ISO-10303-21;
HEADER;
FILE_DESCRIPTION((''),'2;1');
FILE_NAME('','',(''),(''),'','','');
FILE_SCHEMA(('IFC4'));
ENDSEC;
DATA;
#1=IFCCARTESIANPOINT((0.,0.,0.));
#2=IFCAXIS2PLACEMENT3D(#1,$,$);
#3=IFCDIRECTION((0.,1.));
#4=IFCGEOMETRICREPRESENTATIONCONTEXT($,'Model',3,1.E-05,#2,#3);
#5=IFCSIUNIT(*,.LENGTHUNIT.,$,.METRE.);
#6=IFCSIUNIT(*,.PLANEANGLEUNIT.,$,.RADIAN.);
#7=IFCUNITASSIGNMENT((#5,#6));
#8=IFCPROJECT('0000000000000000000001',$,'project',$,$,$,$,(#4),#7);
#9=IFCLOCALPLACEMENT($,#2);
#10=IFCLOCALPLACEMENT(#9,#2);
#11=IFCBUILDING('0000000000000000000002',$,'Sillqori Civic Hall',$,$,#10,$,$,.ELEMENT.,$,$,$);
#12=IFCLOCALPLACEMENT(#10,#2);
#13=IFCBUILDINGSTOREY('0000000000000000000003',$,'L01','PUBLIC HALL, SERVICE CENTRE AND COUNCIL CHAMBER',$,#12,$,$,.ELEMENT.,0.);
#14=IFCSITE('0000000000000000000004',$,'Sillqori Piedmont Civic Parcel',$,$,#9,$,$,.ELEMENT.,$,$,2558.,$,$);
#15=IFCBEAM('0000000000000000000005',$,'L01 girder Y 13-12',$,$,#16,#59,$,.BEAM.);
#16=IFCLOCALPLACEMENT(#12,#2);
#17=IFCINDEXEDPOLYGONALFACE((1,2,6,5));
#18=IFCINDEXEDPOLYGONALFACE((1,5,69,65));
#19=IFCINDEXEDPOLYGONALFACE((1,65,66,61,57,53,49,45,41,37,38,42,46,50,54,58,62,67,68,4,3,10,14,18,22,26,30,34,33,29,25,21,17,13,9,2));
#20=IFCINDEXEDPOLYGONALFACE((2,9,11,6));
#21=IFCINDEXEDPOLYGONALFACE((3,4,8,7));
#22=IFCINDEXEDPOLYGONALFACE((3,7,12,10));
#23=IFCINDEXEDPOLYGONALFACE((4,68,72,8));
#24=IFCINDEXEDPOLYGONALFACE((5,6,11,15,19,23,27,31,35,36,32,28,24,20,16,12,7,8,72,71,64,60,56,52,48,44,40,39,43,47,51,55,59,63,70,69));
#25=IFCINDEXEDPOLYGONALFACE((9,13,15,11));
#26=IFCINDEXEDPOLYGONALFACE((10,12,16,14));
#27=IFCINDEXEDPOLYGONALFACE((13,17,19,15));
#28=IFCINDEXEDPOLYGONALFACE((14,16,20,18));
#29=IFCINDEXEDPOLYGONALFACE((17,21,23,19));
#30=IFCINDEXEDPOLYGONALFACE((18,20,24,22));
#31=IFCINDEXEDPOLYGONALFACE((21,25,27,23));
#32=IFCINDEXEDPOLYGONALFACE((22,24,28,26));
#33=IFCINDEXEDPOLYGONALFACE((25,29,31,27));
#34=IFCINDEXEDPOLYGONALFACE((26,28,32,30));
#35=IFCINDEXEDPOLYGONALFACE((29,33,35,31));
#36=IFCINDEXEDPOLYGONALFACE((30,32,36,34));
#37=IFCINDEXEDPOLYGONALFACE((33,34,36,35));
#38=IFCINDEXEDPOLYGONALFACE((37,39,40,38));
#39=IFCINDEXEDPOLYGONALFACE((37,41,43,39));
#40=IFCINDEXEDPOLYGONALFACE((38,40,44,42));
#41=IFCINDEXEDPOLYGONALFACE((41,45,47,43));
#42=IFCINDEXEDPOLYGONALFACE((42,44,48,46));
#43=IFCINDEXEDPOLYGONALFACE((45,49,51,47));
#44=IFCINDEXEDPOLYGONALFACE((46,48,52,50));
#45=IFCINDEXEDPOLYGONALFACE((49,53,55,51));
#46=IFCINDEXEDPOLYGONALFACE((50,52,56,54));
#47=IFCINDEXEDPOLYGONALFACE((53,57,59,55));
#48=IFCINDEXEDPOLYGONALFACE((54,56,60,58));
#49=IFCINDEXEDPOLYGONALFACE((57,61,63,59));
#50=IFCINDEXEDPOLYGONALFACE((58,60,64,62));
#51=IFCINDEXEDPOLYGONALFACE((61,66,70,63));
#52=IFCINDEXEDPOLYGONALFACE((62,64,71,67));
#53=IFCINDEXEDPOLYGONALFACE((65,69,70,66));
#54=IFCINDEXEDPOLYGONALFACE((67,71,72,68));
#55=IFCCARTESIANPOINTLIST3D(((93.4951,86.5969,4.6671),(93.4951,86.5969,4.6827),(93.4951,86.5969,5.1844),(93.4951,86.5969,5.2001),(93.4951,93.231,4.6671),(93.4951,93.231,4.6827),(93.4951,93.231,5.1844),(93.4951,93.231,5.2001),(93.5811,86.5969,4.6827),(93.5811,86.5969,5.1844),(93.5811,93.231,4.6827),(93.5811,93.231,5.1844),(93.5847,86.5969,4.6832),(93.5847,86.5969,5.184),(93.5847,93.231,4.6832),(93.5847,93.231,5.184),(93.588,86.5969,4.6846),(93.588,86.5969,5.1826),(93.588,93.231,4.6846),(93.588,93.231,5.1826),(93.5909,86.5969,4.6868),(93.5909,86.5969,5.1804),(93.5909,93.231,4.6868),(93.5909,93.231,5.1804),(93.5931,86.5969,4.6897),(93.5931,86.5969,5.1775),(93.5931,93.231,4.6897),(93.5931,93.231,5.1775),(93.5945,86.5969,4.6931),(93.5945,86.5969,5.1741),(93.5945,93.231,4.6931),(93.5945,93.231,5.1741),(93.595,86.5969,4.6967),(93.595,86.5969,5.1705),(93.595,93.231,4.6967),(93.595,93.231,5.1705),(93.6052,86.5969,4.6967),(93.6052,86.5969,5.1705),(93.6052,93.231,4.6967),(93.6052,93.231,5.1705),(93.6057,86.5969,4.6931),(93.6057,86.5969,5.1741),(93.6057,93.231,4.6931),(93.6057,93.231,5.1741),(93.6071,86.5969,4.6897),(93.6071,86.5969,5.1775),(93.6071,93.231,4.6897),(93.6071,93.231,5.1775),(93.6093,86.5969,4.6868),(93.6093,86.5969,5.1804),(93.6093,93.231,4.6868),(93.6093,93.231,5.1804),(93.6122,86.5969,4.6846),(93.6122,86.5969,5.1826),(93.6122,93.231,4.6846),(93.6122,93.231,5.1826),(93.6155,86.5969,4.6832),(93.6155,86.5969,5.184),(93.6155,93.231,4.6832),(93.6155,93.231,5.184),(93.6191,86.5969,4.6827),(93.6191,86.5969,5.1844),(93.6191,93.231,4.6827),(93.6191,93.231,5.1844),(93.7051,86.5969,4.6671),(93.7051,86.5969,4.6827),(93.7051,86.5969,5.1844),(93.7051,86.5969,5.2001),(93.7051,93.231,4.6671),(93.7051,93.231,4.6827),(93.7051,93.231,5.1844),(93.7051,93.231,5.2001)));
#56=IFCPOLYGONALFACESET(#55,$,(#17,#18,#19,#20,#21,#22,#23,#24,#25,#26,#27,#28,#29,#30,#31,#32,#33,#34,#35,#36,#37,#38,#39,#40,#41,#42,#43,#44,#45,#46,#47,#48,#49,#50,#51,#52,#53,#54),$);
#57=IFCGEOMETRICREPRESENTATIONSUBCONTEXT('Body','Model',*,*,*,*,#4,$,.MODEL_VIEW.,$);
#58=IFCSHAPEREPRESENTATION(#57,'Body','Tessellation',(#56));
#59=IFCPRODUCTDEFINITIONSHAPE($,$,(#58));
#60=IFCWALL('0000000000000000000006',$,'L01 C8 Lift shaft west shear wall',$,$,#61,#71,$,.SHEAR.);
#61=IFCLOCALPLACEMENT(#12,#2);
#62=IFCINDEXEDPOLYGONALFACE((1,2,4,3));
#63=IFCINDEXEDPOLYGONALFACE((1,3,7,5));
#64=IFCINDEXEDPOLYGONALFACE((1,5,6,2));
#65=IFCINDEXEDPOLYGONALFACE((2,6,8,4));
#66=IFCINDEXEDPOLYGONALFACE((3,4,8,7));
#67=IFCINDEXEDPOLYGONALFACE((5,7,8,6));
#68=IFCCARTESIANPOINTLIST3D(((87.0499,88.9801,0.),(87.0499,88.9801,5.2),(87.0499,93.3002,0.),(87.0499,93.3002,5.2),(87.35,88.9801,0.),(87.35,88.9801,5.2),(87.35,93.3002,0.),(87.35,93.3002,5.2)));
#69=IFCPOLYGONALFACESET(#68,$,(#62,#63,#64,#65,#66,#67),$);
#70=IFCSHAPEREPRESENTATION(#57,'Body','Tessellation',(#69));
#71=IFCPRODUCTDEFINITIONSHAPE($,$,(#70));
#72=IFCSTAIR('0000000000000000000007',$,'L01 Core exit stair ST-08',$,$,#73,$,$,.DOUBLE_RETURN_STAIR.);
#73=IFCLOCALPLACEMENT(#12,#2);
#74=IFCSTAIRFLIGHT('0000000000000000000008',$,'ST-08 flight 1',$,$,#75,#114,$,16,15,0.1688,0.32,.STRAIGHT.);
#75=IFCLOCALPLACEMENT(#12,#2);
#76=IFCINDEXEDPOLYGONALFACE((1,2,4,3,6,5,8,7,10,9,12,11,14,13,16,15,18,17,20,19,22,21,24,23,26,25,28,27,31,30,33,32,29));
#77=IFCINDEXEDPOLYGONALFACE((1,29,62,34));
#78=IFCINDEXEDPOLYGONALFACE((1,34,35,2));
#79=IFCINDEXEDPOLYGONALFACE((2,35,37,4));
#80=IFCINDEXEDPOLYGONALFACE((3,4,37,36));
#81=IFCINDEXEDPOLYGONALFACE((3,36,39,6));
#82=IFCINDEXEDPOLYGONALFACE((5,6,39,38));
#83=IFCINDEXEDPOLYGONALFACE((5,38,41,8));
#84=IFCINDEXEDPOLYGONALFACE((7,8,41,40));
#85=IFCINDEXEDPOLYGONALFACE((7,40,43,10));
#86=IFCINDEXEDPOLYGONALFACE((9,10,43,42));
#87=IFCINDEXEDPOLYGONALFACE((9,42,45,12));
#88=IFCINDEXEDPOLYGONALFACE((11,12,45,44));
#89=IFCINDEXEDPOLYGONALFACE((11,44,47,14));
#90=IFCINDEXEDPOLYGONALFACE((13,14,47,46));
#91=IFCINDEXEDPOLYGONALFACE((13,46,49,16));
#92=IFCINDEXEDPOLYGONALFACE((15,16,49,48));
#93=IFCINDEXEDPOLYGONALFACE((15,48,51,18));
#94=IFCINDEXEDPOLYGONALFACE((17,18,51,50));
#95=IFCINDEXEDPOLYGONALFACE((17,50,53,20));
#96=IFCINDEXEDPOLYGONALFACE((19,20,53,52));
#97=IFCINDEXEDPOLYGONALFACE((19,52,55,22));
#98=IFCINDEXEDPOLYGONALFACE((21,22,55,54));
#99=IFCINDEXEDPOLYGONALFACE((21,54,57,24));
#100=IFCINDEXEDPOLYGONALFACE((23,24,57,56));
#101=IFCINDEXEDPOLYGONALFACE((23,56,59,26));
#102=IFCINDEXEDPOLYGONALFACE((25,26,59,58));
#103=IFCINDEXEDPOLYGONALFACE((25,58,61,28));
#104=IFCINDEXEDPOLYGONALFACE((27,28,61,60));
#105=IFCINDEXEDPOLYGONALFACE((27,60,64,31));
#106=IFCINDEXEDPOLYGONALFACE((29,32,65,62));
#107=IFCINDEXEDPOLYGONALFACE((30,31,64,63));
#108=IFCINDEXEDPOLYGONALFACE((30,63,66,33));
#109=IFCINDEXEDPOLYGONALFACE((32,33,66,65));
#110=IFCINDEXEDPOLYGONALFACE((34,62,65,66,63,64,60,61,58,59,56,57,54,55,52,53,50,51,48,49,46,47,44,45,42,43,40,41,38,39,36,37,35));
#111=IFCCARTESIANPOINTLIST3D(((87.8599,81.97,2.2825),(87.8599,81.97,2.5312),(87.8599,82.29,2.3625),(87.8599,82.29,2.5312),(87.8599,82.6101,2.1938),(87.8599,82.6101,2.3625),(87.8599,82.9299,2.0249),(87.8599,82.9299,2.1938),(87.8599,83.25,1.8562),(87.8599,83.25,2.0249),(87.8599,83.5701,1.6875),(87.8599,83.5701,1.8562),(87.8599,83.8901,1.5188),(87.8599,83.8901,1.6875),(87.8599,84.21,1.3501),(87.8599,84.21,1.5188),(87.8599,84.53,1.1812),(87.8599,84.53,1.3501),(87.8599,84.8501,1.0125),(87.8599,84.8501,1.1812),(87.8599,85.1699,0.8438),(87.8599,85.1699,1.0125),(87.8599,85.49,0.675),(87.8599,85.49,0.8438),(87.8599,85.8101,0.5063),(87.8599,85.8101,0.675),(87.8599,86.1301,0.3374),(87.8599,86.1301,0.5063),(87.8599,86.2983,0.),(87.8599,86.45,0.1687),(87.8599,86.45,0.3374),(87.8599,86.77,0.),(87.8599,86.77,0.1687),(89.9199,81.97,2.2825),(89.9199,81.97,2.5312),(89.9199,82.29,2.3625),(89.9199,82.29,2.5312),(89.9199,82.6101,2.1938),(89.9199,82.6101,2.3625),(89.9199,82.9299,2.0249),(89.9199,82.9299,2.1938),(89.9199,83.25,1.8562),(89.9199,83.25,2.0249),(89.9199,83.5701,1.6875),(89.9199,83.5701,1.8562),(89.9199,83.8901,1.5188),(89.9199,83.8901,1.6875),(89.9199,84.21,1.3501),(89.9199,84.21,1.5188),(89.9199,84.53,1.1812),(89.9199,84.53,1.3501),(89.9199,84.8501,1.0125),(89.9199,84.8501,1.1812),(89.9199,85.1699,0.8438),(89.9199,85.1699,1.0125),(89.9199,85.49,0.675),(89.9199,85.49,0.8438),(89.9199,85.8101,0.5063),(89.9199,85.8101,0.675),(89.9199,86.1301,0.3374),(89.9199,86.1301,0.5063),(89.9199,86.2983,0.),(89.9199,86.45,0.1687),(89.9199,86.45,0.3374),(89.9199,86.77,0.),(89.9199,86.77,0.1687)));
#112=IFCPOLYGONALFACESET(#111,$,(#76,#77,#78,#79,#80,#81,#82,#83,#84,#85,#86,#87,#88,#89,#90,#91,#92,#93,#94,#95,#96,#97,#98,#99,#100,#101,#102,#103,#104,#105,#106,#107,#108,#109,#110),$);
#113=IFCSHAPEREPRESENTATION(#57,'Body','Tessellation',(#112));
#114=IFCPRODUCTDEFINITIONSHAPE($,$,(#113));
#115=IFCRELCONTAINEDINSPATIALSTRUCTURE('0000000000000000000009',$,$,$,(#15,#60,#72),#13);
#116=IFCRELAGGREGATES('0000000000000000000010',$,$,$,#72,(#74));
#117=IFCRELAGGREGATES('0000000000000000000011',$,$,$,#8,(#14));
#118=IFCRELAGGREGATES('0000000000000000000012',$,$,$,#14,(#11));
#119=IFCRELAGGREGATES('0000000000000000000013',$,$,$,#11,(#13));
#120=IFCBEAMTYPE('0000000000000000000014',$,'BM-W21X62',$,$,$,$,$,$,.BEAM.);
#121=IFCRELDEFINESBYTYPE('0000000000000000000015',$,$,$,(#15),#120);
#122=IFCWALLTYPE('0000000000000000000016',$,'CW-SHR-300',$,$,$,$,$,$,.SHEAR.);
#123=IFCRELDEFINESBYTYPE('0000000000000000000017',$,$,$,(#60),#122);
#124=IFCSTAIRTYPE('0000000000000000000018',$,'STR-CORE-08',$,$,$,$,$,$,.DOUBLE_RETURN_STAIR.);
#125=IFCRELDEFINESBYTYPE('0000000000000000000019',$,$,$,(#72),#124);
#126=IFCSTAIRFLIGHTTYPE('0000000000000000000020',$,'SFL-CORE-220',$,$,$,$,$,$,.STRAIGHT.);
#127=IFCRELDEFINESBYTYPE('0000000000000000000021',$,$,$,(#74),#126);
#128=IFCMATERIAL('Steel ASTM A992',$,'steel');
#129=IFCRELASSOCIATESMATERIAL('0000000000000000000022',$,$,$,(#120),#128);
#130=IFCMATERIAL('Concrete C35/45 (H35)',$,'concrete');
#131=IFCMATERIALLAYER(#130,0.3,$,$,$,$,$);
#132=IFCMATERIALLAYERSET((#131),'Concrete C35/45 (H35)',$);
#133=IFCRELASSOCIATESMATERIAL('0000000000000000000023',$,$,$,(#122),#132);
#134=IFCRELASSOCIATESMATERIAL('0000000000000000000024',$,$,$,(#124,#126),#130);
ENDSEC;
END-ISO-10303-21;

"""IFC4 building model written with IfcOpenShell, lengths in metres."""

from ifc_helpers import new_model, si_unit, direction, frame, frame_2d, origin, origin_2d, place, context, subcontext, project, spatial, polyline, rectangle, i_section, outline, extrude, material, layer, layer_set, material_profile, profile_set, type_object, element, aggregate, save


model = new_model("IFC4")

# Units and contexts
model_context = context("Model", 3, precision=1e-05, world=origin(), true_north=direction((0.0, 1.0)))
body_context = subcontext(model_context, "Body", "Model", "MODEL_VIEW")
ifc_project = project(units=[si_unit("LENGTHUNIT", "METRE"), si_unit("PLANEANGLEUNIT", "RADIAN")], contexts=[model_context])

# Site, building, storey
site_placement = place(None, origin())
site = spatial("IfcSite", under=ifc_project, at=site_placement, Name="Sillqori Piedmont Civic Parcel", CompositionType="ELEMENT", RefElevation=2558.0)
building_placement = place(site_placement, origin())
building = spatial("IfcBuilding", under=site, at=building_placement, Name="Sillqori Civic Hall", CompositionType="ELEMENT")
storey_placement = place(building_placement, origin())
storey = spatial("IfcBuildingStorey", under=building, at=storey_placement, Name="L01", Description="PUBLIC HALL, SERVICE CENTRE AND COUNCIL CHAMBER", CompositionType="ELEMENT", Elevation=0.0)

# Beam
ifc_material_1 = material(Name="Steel ASTM A992", Category="steel")
ifc_material_profile = material_profile(ifc_material_1, i_section(OverallWidth=0.21, OverallDepth=0.533, WebThickness=0.0103, FlangeThickness=0.0156, FilletRadius=0.0139, at=origin_2d()), Name="W21X62")
ifc_profile_set = profile_set([ifc_material_profile], Name="Steel ASTM A992")
beam_type = type_object("IfcBeamType", Name="BM-W21X62", PredefinedType="BEAM", material=ifc_profile_set)
beam_placement = place(storey_placement, frame((93.6001, 86.5969, 4.9336), z_axis=(0.0, 1.0, 0.0), x_axis=(-1.0, 0.0, 0.0)))
element("IfcBeam", 1, at=beam_placement, inside=storey, type_object=beam_type, Name="L01 girder Y 13-12", PredefinedType="BEAM", context=body_context, shape_type="SweptSolid", body=[
    extrude(i_section(OverallWidth=0.21, OverallDepth=0.533, WebThickness=0.0103, FlangeThickness=0.0156, FilletRadius=0.0139, at=origin_2d()), origin(), (0.0, 0.0, 1.0), 6.634),
])

# Shared definitions
ifc_material_2 = material(Name="Concrete C35/45 (H35)", Category="concrete")

# Wall
ifc_layer_1 = layer(ifc_material_2, 0.3)
ifc_layer_set_1 = layer_set([ifc_layer_1], Name="Concrete C35/45 (H35)")
wall_type_1 = type_object("IfcWallType", Name="CW-SHR-300", PredefinedType="SHEAR", material=ifc_layer_set_1)
wall_1_placement = place(storey_placement, frame((87.2, 88.98, 0.0), z_axis=(0.0, 0.0, 1.0), x_axis=(0.0, 1.0, 0.0)))
element("IfcWall", 2, at=wall_1_placement, inside=storey, type_object=wall_type_1, Name="L01 C8 Lift shaft west shear wall", PredefinedType="SHEAR", context=body_context, shape_type="SweptSolid", body=[
    extrude(rectangle(XDim=4.3201, YDim=0.3, at=frame_2d((2.1602, 0.0))), origin(), (0.0, 0.0, 1.0), 5.2),
])

# Stair, stair flight
stair_type = type_object("IfcStairType", Name="STR-CORE-08", PredefinedType="DOUBLE_RETURN_STAIR", material=ifc_material_2)
stair_placement = place(storey_placement, origin())
stair = element("IfcStair", 3, at=stair_placement, inside=storey, type_object=stair_type, Name="L01 Core exit stair ST-08", PredefinedType="DOUBLE_RETURN_STAIR")
stair_flight_type = type_object("IfcStairFlightType", Name="SFL-CORE-220", PredefinedType="STRAIGHT", material=ifc_material_2)
stair_flight_placement = place(storey_placement, frame((88.8899, 86.77, 0.0), z_axis=(0.0, 0.0, 1.0), x_axis=(0.0, -1.0, 0.0)))
stair_flight = element("IfcStairFlight", 4, at=stair_flight_placement, type_object=stair_flight_type, Name="ST-08 flight 1", NumberOfRisers=16, NumberOfTreads=15, PredefinedType="STRAIGHT", RiserHeight=0.1688, TreadLength=0.32, context=body_context, shape_type="SweptSolid", body=[
    extrude(outline(polyline([(0.0, 0.0), (0.0, 0.1687), (0.3201, 0.1687), (0.3201, 0.3374), (0.6399, 0.3374), (0.6399, 0.5063), (0.96, 0.5063), (0.96, 0.675), (1.28, 0.675), (1.28, 0.8438), (1.6001, 0.8438), (1.6001, 1.0125), (1.9199, 1.0125), (1.9199, 1.1812), (2.24, 1.1812), (2.24, 1.3501), (2.5601, 1.3501), (2.5601, 1.5188), (2.8799, 1.5188), (2.8799, 1.6875), (3.2, 1.6875), (3.2, 1.8562), (3.52, 1.8562), (3.52, 2.0249), (3.8401, 2.0249), (3.8401, 2.1938), (4.1599, 2.1938), (4.1599, 2.3625), (4.48, 2.3625), (4.48, 2.5312), (4.8, 2.5312), (4.8, 2.7), (4.8, 2.2825), (0.4717, 0.0), (0.0, 0.0)])), frame((0.0, 1.03, 0.0), z_axis=(0.0, -1.0, 0.0), x_axis=(1.0, 0.0, 0.0)), (0.0, 0.0, 1.0), 2.0601),
])
aggregate(stair, [stair_flight])

save(model, "model.ifc")
